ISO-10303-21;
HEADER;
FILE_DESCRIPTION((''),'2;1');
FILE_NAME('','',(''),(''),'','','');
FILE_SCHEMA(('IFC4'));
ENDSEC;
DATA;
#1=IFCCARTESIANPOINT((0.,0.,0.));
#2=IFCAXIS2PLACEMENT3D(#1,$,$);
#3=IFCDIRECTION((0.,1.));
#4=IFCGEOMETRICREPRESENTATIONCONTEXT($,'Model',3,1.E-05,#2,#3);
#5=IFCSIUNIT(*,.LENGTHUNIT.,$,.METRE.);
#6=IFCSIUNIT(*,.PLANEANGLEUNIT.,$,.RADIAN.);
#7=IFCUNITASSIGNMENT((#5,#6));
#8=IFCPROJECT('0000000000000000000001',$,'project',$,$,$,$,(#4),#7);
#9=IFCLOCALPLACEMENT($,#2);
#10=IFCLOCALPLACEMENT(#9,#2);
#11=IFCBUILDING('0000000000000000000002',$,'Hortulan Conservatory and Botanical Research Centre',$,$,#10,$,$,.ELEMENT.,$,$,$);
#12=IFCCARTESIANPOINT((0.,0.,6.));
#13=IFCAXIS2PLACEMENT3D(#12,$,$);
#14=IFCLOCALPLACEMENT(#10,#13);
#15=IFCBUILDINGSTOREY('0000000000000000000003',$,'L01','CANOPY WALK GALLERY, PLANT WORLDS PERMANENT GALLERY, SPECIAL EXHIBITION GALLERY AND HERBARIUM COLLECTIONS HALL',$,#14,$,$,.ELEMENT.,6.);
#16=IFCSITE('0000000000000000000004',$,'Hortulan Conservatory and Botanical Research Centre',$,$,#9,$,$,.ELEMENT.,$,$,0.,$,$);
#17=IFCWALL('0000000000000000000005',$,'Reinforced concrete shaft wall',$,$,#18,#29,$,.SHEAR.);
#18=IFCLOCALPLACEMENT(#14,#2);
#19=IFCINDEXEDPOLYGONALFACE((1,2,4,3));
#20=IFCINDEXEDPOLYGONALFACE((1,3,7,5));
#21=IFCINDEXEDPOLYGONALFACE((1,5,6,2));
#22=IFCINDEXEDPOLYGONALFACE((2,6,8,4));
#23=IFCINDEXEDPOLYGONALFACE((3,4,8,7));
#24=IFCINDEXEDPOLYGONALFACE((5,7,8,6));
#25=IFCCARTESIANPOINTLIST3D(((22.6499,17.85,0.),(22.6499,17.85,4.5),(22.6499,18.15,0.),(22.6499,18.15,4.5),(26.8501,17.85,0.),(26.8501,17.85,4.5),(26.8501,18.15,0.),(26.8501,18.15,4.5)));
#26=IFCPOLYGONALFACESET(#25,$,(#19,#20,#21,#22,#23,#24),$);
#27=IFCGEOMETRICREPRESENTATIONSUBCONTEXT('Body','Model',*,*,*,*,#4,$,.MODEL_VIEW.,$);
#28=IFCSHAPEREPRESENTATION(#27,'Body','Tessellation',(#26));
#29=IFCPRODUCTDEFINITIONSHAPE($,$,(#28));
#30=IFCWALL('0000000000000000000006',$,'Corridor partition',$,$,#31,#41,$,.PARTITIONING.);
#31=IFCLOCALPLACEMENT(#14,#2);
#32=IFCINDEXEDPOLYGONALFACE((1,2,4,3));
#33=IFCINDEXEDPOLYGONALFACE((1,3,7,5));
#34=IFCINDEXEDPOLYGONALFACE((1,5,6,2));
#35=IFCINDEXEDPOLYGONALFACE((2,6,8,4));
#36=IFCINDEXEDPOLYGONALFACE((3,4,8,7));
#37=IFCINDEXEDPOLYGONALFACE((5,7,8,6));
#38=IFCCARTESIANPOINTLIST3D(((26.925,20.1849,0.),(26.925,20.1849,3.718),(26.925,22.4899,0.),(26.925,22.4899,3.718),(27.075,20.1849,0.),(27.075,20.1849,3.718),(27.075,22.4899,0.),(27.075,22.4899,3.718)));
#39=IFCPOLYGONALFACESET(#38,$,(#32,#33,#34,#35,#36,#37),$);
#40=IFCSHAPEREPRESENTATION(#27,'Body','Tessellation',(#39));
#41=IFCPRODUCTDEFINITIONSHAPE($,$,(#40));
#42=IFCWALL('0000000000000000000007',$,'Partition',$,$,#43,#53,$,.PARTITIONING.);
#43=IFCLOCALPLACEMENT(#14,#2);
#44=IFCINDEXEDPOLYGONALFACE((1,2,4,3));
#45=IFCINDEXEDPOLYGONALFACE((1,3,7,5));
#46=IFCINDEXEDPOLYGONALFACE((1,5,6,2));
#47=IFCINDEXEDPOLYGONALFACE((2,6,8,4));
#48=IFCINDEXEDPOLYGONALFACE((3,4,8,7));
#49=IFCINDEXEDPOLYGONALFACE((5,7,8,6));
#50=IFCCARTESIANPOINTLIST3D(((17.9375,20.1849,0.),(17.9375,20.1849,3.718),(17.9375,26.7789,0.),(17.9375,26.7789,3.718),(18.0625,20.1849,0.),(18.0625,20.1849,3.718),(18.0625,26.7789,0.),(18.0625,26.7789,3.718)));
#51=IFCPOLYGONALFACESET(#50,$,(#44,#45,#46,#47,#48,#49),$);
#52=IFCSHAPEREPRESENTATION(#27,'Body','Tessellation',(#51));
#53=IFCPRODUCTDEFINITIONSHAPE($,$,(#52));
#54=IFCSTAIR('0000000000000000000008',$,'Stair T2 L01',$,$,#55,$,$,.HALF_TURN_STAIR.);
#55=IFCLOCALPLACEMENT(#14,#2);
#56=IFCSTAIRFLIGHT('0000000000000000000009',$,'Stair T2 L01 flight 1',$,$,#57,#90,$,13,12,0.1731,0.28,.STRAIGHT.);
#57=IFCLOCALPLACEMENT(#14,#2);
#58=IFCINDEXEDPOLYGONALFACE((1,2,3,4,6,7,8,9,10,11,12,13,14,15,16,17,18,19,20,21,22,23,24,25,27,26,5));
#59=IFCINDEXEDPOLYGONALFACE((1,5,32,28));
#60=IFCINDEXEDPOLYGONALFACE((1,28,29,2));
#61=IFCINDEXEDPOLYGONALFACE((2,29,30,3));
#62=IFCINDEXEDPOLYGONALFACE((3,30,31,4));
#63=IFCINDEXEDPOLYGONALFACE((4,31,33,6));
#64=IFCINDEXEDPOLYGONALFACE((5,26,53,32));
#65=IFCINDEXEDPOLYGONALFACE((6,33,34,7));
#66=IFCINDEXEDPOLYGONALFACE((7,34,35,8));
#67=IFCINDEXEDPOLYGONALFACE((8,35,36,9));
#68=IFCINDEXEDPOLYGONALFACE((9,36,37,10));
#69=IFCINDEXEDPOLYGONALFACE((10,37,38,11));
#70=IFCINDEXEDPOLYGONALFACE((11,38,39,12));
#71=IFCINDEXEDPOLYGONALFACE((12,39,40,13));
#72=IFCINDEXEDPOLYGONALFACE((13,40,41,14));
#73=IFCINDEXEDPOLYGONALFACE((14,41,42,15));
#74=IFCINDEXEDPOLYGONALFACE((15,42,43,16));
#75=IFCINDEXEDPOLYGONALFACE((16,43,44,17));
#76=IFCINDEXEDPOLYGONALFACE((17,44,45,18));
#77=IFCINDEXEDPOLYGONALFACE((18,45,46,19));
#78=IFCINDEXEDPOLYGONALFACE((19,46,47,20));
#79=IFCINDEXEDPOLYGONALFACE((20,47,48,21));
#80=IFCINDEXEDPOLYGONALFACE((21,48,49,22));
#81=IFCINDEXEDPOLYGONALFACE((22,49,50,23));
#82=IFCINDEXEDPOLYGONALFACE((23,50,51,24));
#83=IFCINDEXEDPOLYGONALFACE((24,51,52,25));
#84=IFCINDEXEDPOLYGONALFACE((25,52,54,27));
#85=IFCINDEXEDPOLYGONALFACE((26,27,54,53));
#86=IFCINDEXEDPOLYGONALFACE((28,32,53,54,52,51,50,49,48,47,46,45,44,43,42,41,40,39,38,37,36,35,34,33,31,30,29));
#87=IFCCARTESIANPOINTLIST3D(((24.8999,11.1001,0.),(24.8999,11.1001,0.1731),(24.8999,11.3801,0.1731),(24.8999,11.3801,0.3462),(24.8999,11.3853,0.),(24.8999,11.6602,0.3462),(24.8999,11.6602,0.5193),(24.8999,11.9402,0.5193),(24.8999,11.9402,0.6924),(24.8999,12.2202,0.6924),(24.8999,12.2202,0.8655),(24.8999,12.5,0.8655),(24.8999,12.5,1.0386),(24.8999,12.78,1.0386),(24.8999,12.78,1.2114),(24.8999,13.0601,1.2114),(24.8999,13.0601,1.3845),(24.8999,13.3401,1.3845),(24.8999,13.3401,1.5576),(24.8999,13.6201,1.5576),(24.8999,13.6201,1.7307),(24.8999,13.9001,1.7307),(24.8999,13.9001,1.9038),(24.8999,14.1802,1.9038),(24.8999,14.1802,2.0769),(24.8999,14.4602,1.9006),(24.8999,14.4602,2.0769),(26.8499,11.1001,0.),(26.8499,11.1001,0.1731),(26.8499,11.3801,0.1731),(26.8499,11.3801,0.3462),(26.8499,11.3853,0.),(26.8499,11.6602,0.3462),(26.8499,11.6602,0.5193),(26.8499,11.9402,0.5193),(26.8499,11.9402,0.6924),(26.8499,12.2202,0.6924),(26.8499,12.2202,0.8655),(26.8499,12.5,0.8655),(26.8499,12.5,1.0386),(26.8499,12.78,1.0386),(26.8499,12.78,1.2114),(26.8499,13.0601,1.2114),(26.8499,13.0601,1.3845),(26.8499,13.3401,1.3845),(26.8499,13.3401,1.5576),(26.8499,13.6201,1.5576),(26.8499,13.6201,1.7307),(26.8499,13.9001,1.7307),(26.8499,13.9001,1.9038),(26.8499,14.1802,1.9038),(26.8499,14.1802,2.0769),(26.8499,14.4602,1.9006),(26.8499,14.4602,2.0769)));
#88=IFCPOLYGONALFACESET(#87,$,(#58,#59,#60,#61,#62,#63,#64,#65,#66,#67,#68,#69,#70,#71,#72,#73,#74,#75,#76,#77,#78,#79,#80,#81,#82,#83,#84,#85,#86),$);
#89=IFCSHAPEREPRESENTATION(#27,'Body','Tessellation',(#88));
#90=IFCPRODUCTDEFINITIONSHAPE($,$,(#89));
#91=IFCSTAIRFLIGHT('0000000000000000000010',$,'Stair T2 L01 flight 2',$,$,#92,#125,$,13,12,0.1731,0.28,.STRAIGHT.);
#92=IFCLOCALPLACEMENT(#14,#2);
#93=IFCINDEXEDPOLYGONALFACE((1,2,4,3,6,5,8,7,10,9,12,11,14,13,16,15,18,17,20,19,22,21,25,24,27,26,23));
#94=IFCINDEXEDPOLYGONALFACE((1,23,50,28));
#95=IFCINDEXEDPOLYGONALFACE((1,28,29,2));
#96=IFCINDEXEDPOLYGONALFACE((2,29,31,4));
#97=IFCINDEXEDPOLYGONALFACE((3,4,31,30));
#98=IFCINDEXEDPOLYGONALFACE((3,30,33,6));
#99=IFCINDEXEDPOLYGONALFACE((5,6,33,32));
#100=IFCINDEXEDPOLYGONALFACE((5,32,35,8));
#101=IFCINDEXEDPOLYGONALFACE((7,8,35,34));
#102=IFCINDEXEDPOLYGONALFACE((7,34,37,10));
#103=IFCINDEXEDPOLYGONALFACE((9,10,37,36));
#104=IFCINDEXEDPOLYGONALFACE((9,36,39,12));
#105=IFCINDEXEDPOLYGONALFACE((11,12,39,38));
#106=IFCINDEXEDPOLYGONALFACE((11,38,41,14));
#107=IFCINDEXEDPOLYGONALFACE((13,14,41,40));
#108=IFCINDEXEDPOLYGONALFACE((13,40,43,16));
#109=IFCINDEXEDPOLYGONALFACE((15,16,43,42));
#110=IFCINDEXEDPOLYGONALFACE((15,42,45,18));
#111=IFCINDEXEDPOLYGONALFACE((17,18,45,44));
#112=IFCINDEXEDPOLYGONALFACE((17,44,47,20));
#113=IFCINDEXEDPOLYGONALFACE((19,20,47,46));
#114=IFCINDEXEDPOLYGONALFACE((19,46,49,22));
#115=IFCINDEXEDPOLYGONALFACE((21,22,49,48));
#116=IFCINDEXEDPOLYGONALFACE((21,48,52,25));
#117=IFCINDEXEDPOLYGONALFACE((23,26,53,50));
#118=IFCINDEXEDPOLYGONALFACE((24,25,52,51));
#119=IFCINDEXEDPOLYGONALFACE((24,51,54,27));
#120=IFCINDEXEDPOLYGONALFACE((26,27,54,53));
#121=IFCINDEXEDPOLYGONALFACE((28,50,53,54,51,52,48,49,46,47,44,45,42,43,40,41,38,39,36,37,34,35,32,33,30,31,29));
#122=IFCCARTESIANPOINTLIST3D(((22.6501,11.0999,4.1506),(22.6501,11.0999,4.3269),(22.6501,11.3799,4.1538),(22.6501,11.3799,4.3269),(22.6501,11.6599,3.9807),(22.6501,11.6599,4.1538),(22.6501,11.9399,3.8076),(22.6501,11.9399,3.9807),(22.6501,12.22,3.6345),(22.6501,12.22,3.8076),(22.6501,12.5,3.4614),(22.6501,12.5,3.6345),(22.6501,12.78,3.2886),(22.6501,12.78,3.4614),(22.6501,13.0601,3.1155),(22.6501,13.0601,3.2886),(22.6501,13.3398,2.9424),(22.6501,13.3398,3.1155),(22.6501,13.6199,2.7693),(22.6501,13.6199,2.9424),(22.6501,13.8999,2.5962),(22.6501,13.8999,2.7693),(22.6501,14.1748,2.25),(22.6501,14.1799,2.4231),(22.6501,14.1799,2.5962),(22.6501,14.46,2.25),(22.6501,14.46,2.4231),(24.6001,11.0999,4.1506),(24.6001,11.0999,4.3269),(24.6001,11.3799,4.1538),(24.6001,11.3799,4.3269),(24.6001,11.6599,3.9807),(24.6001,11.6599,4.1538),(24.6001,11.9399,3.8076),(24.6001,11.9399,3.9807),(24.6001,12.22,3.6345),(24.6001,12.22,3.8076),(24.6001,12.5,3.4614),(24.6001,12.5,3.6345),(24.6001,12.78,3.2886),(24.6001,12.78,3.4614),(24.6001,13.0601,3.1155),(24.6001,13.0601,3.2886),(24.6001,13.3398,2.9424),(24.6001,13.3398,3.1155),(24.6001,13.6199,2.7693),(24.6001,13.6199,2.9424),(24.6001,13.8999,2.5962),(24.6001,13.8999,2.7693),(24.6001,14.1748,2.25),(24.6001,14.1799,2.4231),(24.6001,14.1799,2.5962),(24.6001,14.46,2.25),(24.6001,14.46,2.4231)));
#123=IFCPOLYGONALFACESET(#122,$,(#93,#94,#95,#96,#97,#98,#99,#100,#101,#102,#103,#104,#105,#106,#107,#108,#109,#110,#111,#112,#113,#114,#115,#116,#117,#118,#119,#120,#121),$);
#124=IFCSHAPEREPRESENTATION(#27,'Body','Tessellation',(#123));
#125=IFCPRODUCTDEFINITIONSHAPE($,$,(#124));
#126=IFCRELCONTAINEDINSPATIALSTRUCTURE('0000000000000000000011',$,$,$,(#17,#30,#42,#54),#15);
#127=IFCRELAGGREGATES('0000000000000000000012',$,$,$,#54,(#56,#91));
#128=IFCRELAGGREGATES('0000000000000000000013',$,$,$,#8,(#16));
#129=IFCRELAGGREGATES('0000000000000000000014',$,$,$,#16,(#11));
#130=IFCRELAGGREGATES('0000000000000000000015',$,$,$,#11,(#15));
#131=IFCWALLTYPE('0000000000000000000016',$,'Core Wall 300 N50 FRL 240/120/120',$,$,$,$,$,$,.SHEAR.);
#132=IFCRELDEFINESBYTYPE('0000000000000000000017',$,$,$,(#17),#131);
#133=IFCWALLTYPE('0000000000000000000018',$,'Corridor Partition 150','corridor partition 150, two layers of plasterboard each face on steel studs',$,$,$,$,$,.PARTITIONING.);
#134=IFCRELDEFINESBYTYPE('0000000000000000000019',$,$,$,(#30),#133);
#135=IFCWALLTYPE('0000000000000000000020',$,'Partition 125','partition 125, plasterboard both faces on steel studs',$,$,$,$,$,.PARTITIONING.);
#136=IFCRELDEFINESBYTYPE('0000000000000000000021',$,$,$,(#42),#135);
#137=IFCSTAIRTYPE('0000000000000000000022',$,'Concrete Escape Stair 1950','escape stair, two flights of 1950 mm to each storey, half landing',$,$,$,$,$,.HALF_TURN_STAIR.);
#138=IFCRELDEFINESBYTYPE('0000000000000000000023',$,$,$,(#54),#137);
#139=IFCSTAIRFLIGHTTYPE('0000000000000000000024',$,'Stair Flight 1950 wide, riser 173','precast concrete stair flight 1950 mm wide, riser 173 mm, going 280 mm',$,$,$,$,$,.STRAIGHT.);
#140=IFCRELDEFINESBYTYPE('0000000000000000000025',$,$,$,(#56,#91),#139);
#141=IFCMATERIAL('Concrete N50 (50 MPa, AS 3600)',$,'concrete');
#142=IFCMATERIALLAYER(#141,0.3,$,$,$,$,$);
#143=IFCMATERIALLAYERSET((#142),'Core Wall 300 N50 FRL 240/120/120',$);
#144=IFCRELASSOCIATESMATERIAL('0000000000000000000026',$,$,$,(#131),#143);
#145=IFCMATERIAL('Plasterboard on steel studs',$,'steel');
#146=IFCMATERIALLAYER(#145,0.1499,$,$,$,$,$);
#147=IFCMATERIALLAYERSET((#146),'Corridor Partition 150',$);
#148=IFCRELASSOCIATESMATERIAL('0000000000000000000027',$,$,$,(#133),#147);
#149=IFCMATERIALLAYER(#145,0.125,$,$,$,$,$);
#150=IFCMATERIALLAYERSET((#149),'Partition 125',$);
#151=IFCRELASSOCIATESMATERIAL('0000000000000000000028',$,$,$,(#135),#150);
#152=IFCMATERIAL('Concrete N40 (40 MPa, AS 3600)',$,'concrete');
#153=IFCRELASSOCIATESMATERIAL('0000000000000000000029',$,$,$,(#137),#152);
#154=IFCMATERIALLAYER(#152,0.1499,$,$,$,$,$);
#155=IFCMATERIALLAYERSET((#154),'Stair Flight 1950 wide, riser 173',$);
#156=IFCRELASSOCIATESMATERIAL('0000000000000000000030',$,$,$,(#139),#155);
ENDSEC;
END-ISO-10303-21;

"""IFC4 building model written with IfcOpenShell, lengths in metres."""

from ifc_helpers import new_model, si_unit, direction, frame, frame_2d, origin, place, context, subcontext, project, spatial, polyline, rectangle, outline, extrude, material, layer, layer_set, type_object, element, aggregate, save


model = new_model("IFC4")

# Units and contexts
model_context = context("Model", 3, precision=1e-05, world=origin(), true_north=direction((0.0, 1.0)))
body_context = subcontext(model_context, "Body", "Model", "MODEL_VIEW")
ifc_project = project(units=[si_unit("LENGTHUNIT", "METRE"), si_unit("PLANEANGLEUNIT", "RADIAN")], contexts=[model_context])

# Site, building, storey
site_placement = place(None, origin())
site = spatial("IfcSite", under=ifc_project, at=site_placement, Name="Hortulan Conservatory and Botanical Research Centre", CompositionType="ELEMENT", RefElevation=0.0)
building_placement = place(site_placement, origin())
building = spatial("IfcBuilding", under=site, at=building_placement, Name="Hortulan Conservatory and Botanical Research Centre", CompositionType="ELEMENT")
storey_placement = place(building_placement, frame((0.0, 0.0, 6.0)))
storey = spatial("IfcBuildingStorey", under=building, at=storey_placement, Name="L01", Description="CANOPY WALK GALLERY, PLANT WORLDS PERMANENT GALLERY, SPECIAL EXHIBITION GALLERY AND HERBARIUM COLLECTIONS HALL", CompositionType="ELEMENT", Elevation=6.0)

# Walls
ifc_material_1 = material(Name="Concrete N50 (50 MPa, AS 3600)", Category="concrete")
ifc_layer_1 = layer(ifc_material_1, 0.3)
ifc_layer_set_1 = layer_set([ifc_layer_1], Name="Core Wall 300 N50 FRL 240/120/120")
wall_type_1 = type_object("IfcWallType", Name="Core Wall 300 N50 FRL 240/120/120", PredefinedType="SHEAR", material=ifc_layer_set_1)
wall_1_placement = place(storey_placement, frame((22.6499, 18.0, 0.0), z_axis=(0.0, 0.0, 1.0), x_axis=(1.0, 0.0, 0.0)))
element("IfcWall", 1, at=wall_1_placement, inside=storey, type_object=wall_type_1, Name="Reinforced concrete shaft wall", PredefinedType="SHEAR", context=body_context, shape_type="SweptSolid", body=[
    extrude(rectangle(XDim=4.2002, YDim=0.3, at=frame_2d((2.1001, 0.0))), origin(), (0.0, 0.0, 1.0), 4.5),
])
ifc_material_2 = material(Name="Plasterboard on steel studs", Category="steel")
ifc_layer_2 = layer(ifc_material_2, 0.1499)
ifc_layer_set_2 = layer_set([ifc_layer_2], Name="Corridor Partition 150")
wall_type_2 = type_object("IfcWallType", Name="Corridor Partition 150", Description="corridor partition 150, two layers of plasterboard each face on steel studs", PredefinedType="PARTITIONING", material=ifc_layer_set_2)
wall_2_placement = place(storey_placement, frame((27.0, 20.1851, 0.0), z_axis=(0.0, 0.0, 1.0), x_axis=(0.0, 1.0, 0.0)))
element("IfcWall", 2, at=wall_2_placement, inside=storey, type_object=wall_type_2, Name="Corridor partition", PredefinedType="PARTITIONING", context=body_context, shape_type="SweptSolid", body=[
    extrude(rectangle(XDim=2.3049, YDim=0.1499, at=frame_2d((1.1523, 0.0))), origin(), (0.0, 0.0, 1.0), 3.718),
])
ifc_layer_3 = layer(ifc_material_2, 0.125)
ifc_layer_set_3 = layer_set([ifc_layer_3], Name="Partition 125")
wall_type_3 = type_object("IfcWallType", Name="Partition 125", Description="partition 125, plasterboard both faces on steel studs", PredefinedType="PARTITIONING", material=ifc_layer_set_3)
wall_3_placement = place(storey_placement, frame((18.0, 20.1851, 0.0), z_axis=(0.0, 0.0, 1.0), x_axis=(0.0, 1.0, 0.0)))
element("IfcWall", 3, at=wall_3_placement, inside=storey, type_object=wall_type_3, Name="Partition", PredefinedType="PARTITIONING", context=body_context, shape_type="SweptSolid", body=[
    extrude(rectangle(XDim=6.594, YDim=0.125, at=frame_2d((3.2969, 0.0))), origin(), (0.0, 0.0, 1.0), 3.718),
])

# Stair, stair flights
ifc_material_3 = material(Name="Concrete N40 (40 MPa, AS 3600)", Category="concrete")
stair_type = type_object("IfcStairType", Name="Concrete Escape Stair 1950", Description="escape stair, two flights of 1950 mm to each storey, half landing", PredefinedType="HALF_TURN_STAIR", material=ifc_material_3)
stair_placement = place(storey_placement, origin())
stair = element("IfcStair", 4, at=stair_placement, inside=storey, type_object=stair_type, Name="Stair T2 L01", PredefinedType="HALF_TURN_STAIR")
ifc_layer_4 = layer(ifc_material_3, 0.1499)
ifc_layer_set_4 = layer_set([ifc_layer_4], Name="Stair Flight 1950 wide, riser 173")
stair_flight_type = type_object("IfcStairFlightType", Name="Stair Flight 1950 wide, riser 173", Description="precast concrete stair flight 1950 mm wide, riser 173 mm, going 280 mm", PredefinedType="STRAIGHT", material=ifc_layer_set_4)
stair_flight_1_placement = place(storey_placement, frame((25.875, 11.1001, 0.0), z_axis=(0.0, 0.0, 1.0), x_axis=(0.0, 1.0, 0.0)))
stair_flight_1 = element("IfcStairFlight", 5, at=stair_flight_1_placement, type_object=stair_flight_type, Name="Stair T2 L01 flight 1", NumberOfRisers=13, NumberOfTreads=12, PredefinedType="STRAIGHT", RiserHeight=0.1731, TreadLength=0.28, context=body_context, shape_type="SweptSolid", body=[
    extrude(outline(polyline([(0.0, 0.0), (0.0, 0.1731), (0.28, 0.1731), (0.28, 0.3462), (0.5601, 0.3462), (0.5601, 0.5193), (0.8401, 0.5193), (0.8401, 0.6924), (1.1201, 0.6924), (1.1201, 0.8655), (1.3999, 0.8655), (1.3999, 1.0386), (1.6799, 1.0386), (1.6799, 1.2114), (1.96, 1.2114), (1.96, 1.3845), (2.24, 1.3845), (2.24, 1.5576), (2.52, 1.5576), (2.52, 1.7307), (2.8, 1.7307), (2.8, 1.9038), (3.0801, 1.9038), (3.0801, 2.0769), (3.3601, 2.0769), (3.3601, 2.25), (3.3601, 1.9006), (0.2852, 0.0), (0.0, 0.0)])), frame((0.0, 0.9751, 0.0), z_axis=(0.0, -1.0, 0.0), x_axis=(1.0, 0.0, 0.0)), (0.0, 0.0, 1.0), 1.95),
])
stair_flight_2_placement = place(storey_placement, frame((23.625, 14.46, 2.25), z_axis=(0.0, 0.0, 1.0), x_axis=(0.0, -1.0, 0.0)))
stair_flight_2 = element("IfcStairFlight", 6, at=stair_flight_2_placement, type_object=stair_flight_type, Name="Stair T2 L01 flight 2", NumberOfRisers=13, NumberOfTreads=12, PredefinedType="STRAIGHT", RiserHeight=0.1731, TreadLength=0.28, context=body_context, shape_type="SweptSolid", body=[
    extrude(outline(polyline([(0.0, 0.0), (0.0, 0.1731), (0.28, 0.1731), (0.28, 0.3462), (0.5601, 0.3462), (0.5601, 0.5193), (0.8401, 0.5193), (0.8401, 0.6924), (1.1201, 0.6924), (1.1201, 0.8655), (1.3999, 0.8655), (1.3999, 1.0386), (1.6799, 1.0386), (1.6799, 1.2114), (1.96, 1.2114), (1.96, 1.3845), (2.24, 1.3845), (2.24, 1.5576), (2.52, 1.5576), (2.52, 1.7307), (2.8, 1.7307), (2.8, 1.9038), (3.0801, 1.9038), (3.0801, 2.0769), (3.3601, 2.0769), (3.3601, 2.25), (3.3601, 1.9006), (0.2852, 0.0), (0.0, 0.0)])), frame((0.0, 0.9751, 0.0), z_axis=(0.0, -1.0, 0.0), x_axis=(1.0, 0.0, 0.0)), (0.0, 0.0, 1.0), 1.95),
])
aggregate(stair, [stair_flight_1, stair_flight_2])

save(model, "model.ifc")
